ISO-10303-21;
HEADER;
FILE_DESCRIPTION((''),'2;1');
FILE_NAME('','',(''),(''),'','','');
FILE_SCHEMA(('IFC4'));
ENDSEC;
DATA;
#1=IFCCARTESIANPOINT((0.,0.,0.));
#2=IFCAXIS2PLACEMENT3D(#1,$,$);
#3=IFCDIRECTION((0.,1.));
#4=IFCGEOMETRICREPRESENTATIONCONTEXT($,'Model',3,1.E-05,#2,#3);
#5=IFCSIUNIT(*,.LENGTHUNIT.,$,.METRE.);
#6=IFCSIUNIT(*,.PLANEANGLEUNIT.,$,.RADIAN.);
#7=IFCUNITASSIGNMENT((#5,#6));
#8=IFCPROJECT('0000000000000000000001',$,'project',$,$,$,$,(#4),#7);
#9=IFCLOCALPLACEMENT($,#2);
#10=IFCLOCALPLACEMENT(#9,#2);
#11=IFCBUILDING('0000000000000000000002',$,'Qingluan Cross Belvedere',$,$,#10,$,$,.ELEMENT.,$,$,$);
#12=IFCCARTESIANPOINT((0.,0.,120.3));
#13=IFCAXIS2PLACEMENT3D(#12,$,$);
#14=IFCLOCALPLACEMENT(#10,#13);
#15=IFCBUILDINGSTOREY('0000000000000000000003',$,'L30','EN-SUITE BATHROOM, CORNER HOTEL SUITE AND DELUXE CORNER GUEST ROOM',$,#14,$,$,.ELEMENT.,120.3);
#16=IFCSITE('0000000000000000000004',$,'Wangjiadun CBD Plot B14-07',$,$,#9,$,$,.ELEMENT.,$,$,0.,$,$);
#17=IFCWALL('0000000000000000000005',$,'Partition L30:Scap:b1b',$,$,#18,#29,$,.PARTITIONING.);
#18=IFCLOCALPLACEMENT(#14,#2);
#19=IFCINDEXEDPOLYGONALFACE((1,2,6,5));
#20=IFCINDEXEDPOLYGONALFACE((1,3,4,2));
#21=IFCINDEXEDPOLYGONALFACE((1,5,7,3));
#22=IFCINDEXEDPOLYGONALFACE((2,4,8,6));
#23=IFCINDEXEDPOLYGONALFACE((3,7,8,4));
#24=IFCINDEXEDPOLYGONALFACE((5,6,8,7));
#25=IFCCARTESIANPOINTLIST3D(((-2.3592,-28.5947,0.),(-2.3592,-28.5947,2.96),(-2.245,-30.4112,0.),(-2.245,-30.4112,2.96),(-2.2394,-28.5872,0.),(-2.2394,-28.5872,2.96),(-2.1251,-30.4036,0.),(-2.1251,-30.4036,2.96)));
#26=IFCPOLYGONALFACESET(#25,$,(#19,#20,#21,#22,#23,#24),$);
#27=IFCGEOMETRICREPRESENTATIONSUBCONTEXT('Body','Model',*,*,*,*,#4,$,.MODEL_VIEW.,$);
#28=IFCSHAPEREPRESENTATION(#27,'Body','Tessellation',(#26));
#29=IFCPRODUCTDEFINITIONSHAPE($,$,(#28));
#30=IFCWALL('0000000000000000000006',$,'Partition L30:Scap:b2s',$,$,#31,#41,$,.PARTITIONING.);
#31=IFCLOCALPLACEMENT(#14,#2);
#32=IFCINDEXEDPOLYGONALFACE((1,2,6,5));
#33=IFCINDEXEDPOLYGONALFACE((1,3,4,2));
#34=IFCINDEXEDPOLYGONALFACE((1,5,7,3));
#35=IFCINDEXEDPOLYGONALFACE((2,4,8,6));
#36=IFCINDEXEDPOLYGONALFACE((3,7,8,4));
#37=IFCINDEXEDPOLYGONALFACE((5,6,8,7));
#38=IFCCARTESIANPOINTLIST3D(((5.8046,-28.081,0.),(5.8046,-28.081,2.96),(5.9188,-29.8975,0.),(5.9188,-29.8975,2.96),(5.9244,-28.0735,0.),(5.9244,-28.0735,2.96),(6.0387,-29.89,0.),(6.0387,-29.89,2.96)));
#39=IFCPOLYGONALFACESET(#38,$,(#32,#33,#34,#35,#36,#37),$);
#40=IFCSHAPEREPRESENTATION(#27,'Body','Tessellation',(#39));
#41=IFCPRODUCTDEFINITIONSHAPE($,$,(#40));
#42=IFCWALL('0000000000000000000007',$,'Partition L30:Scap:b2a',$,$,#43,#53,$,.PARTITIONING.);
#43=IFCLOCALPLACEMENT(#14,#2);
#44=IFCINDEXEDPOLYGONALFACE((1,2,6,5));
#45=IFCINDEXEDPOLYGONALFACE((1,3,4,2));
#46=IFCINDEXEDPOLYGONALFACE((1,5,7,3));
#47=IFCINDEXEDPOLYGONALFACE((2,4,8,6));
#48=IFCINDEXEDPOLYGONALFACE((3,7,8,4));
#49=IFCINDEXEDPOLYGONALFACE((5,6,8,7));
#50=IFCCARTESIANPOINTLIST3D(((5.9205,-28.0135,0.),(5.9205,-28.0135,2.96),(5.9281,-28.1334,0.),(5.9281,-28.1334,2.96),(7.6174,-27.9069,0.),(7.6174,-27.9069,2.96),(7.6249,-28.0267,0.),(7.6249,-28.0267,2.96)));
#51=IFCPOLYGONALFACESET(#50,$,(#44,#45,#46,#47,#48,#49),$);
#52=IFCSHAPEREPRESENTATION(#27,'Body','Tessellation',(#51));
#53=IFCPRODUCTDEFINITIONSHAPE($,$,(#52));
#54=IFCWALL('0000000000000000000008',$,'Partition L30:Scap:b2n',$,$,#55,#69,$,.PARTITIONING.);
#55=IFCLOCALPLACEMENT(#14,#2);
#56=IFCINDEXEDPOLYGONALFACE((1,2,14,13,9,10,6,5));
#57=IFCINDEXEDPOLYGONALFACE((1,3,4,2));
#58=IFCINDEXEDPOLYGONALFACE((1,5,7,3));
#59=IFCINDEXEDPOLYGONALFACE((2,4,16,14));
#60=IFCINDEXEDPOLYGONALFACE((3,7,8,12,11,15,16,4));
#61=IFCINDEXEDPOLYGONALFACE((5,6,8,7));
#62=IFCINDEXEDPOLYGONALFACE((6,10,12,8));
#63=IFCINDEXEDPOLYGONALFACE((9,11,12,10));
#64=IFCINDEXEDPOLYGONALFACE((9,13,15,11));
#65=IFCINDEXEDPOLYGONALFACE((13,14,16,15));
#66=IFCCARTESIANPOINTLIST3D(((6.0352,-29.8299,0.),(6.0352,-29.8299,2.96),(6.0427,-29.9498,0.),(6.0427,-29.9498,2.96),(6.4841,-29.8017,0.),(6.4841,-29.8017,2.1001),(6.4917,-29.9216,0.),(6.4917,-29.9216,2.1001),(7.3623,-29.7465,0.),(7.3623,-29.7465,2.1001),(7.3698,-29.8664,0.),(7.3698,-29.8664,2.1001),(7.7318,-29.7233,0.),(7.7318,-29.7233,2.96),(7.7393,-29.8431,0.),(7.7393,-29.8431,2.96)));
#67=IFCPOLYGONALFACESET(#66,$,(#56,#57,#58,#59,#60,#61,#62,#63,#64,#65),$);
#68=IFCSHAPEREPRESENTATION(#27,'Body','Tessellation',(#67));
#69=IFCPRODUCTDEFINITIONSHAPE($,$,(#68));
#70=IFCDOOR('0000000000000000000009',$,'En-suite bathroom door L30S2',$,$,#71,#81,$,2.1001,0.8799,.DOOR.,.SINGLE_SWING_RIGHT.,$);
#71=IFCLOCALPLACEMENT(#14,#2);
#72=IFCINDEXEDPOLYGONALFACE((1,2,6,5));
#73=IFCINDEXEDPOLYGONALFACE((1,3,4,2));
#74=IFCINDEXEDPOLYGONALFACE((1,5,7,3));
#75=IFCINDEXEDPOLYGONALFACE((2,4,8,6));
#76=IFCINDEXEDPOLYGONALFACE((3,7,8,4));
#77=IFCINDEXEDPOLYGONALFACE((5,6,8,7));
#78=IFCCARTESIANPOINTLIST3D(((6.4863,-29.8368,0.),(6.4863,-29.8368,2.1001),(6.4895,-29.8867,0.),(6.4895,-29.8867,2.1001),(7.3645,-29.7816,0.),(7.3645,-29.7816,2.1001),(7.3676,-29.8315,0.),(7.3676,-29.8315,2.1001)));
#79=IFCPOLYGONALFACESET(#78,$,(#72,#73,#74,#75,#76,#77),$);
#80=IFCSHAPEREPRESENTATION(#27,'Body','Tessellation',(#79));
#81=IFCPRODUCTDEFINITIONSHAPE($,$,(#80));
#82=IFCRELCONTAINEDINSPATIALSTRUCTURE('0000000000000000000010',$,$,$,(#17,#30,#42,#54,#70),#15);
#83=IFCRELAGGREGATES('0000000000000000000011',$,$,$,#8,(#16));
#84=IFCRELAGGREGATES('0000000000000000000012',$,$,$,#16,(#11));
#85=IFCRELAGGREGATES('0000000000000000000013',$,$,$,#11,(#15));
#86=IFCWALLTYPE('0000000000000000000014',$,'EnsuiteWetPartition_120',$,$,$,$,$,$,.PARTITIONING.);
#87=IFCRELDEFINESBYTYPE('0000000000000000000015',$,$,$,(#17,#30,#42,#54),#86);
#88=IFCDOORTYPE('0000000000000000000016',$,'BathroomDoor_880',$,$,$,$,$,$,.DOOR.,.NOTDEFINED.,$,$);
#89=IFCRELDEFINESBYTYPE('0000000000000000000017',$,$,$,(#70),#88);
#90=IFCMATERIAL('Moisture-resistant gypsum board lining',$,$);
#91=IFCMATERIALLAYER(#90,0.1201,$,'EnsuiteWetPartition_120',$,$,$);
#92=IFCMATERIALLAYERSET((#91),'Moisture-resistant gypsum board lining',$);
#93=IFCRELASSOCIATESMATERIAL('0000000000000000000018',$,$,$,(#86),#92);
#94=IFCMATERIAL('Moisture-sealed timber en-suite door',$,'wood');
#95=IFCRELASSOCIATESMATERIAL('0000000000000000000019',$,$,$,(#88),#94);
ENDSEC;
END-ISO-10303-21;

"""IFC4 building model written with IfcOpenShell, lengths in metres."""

from ifc_helpers import new_model, si_unit, direction, frame, frame_2d, origin, place, context, subcontext, project, spatial, rectangle, extrude, material, layer, layer_set, type_object, element, fill, save


model = new_model("IFC4")

# Units and contexts
model_context = context("Model", 3, precision=1e-05, world=origin(), true_north=direction((0.0, 1.0)))
body_context = subcontext(model_context, "Body", "Model", "MODEL_VIEW")
ifc_project = project(units=[si_unit("LENGTHUNIT", "METRE"), si_unit("PLANEANGLEUNIT", "RADIAN")], contexts=[model_context])

# Site, building, storey
site_placement = place(None, origin())
site = spatial("IfcSite", under=ifc_project, at=site_placement, Name="Wangjiadun CBD Plot B14-07", CompositionType="ELEMENT", RefElevation=0.0)
building_placement = place(site_placement, origin())
building = spatial("IfcBuilding", under=site, at=building_placement, Name="Qingluan Cross Belvedere", CompositionType="ELEMENT")
storey_placement = place(building_placement, frame((0.0, 0.0, 120.3)))
storey = spatial("IfcBuildingStorey", under=building, at=storey_placement, Name="L30", Description="EN-SUITE BATHROOM, CORNER HOTEL SUITE AND DELUXE CORNER GUEST ROOM", CompositionType="ELEMENT", Elevation=120.3)

# Shared definitions
ifc_material_1 = material(Name="Moisture-resistant gypsum board lining")
ifc_layer_1 = layer(ifc_material_1, 0.1201, Name="EnsuiteWetPartition_120")
ifc_layer_set_1 = layer_set([ifc_layer_1], Name="Moisture-resistant gypsum board lining")
wall_type_1 = type_object("IfcWallType", Name="EnsuiteWetPartition_120", PredefinedType="PARTITIONING", material=ifc_layer_set_1)
ifc_material_2 = material(Name="Moisture-sealed timber en-suite door", Category="wood")
door_type_1 = type_object("IfcDoorType", Name="BathroomDoor_880", OperationType="NOTDEFINED", PredefinedType="DOOR", material=ifc_material_2)

# Walls
for number, where, z_axis, x_axis, name in (
    (1, (-2.2993, -28.5908, 0.0), (0.0, 0.0, 1.0), (0.062779, -0.998027, 0.0), "Partition L30:Scap:b1b"),
    (2, (5.8645, -28.0771, 0.0), (0.0, 0.0, 1.0), (0.062779, -0.998027, 0.0), "Partition L30:Scap:b2s"),
):
    element("IfcWall", number, at=place(storey_placement, frame(where, z_axis=z_axis, x_axis=x_axis)), inside=storey, type_object=wall_type_1, Name=name, PredefinedType="PARTITIONING", context=body_context, shape_type="SweptSolid", body=[
        extrude(rectangle(XDim=1.8201, YDim=0.1201, at=frame_2d((0.9102, 0.0))), origin(), (0.0, 0.0, 1.0), 2.96),
    ])
wall_1_placement = place(storey_placement, frame((5.9243, -28.0735, 0.0), z_axis=(0.0, 0.0, 1.0), x_axis=(0.998029, 0.062754, 0.0)))
element("IfcWall", 3, at=wall_1_placement, inside=storey, type_object=wall_type_1, Name="Partition L30:Scap:b2a", PredefinedType="PARTITIONING", context=body_context, shape_type="SweptSolid", body=[
    extrude(rectangle(XDim=1.7002, YDim=0.1201, at=frame_2d((0.8501, 0.0))), origin(), (0.0, 0.0, 1.0), 2.96),
])

# Wall, opening, door
wall_2_placement = place(storey_placement, frame((6.0388, -29.8899, 0.0), z_axis=(0.0, 0.0, 1.0), x_axis=(0.998028, 0.062763, 0.0)))
wall_2 = element("IfcWall", 4, at=wall_2_placement, inside=storey, type_object=wall_type_1, Name="Partition L30:Scap:b2n", PredefinedType="PARTITIONING", context=body_context, shape_type="SweptSolid", body=[
    extrude(rectangle(XDim=1.7, YDim=0.1201, at=frame_2d((0.8501, 0.0))), origin(), (0.0, 0.0, 1.0), 2.96),
])
opening_1_placement = place(wall_2_placement, frame((0.45, 0.0, 0.0)))
opening_1 = element("IfcOpeningElement", 5, at=opening_1_placement, cuts=wall_2, PredefinedType="OPENING", context=body_context, shape_type="SweptSolid", body=[
    extrude(rectangle(XDim=0.8799, YDim=2.1001, at=frame_2d((0.4399, 1.05))), frame((0.0, 0.0701, 0.0), z_axis=(0.0, -1.0, 0.0), x_axis=(1.0, 0.0, 0.0)), (0.0, 0.0, 1.0), 0.1401),
])
door_1_placement = place(opening_1_placement, origin())
door_1 = element("IfcDoor", 6, at=door_1_placement, inside=storey, type_object=door_type_1, Name="En-suite bathroom door L30S2", OperationType="SINGLE_SWING_RIGHT", OverallHeight=2.1001, OverallWidth=0.8799, PredefinedType="DOOR", context=body_context, shape_type="SweptSolid", body=[
    extrude(rectangle(XDim=0.8799, YDim=2.1001, at=frame_2d((0.4399, 1.05))), frame((0.0, 0.0249, 0.0), z_axis=(0.0, -1.0, 0.0), x_axis=(1.0, 0.0, 0.0)), (0.0, 0.0, 1.0), 0.05),
])
fill(opening_1, door_1)

save(model, "model.ifc")
